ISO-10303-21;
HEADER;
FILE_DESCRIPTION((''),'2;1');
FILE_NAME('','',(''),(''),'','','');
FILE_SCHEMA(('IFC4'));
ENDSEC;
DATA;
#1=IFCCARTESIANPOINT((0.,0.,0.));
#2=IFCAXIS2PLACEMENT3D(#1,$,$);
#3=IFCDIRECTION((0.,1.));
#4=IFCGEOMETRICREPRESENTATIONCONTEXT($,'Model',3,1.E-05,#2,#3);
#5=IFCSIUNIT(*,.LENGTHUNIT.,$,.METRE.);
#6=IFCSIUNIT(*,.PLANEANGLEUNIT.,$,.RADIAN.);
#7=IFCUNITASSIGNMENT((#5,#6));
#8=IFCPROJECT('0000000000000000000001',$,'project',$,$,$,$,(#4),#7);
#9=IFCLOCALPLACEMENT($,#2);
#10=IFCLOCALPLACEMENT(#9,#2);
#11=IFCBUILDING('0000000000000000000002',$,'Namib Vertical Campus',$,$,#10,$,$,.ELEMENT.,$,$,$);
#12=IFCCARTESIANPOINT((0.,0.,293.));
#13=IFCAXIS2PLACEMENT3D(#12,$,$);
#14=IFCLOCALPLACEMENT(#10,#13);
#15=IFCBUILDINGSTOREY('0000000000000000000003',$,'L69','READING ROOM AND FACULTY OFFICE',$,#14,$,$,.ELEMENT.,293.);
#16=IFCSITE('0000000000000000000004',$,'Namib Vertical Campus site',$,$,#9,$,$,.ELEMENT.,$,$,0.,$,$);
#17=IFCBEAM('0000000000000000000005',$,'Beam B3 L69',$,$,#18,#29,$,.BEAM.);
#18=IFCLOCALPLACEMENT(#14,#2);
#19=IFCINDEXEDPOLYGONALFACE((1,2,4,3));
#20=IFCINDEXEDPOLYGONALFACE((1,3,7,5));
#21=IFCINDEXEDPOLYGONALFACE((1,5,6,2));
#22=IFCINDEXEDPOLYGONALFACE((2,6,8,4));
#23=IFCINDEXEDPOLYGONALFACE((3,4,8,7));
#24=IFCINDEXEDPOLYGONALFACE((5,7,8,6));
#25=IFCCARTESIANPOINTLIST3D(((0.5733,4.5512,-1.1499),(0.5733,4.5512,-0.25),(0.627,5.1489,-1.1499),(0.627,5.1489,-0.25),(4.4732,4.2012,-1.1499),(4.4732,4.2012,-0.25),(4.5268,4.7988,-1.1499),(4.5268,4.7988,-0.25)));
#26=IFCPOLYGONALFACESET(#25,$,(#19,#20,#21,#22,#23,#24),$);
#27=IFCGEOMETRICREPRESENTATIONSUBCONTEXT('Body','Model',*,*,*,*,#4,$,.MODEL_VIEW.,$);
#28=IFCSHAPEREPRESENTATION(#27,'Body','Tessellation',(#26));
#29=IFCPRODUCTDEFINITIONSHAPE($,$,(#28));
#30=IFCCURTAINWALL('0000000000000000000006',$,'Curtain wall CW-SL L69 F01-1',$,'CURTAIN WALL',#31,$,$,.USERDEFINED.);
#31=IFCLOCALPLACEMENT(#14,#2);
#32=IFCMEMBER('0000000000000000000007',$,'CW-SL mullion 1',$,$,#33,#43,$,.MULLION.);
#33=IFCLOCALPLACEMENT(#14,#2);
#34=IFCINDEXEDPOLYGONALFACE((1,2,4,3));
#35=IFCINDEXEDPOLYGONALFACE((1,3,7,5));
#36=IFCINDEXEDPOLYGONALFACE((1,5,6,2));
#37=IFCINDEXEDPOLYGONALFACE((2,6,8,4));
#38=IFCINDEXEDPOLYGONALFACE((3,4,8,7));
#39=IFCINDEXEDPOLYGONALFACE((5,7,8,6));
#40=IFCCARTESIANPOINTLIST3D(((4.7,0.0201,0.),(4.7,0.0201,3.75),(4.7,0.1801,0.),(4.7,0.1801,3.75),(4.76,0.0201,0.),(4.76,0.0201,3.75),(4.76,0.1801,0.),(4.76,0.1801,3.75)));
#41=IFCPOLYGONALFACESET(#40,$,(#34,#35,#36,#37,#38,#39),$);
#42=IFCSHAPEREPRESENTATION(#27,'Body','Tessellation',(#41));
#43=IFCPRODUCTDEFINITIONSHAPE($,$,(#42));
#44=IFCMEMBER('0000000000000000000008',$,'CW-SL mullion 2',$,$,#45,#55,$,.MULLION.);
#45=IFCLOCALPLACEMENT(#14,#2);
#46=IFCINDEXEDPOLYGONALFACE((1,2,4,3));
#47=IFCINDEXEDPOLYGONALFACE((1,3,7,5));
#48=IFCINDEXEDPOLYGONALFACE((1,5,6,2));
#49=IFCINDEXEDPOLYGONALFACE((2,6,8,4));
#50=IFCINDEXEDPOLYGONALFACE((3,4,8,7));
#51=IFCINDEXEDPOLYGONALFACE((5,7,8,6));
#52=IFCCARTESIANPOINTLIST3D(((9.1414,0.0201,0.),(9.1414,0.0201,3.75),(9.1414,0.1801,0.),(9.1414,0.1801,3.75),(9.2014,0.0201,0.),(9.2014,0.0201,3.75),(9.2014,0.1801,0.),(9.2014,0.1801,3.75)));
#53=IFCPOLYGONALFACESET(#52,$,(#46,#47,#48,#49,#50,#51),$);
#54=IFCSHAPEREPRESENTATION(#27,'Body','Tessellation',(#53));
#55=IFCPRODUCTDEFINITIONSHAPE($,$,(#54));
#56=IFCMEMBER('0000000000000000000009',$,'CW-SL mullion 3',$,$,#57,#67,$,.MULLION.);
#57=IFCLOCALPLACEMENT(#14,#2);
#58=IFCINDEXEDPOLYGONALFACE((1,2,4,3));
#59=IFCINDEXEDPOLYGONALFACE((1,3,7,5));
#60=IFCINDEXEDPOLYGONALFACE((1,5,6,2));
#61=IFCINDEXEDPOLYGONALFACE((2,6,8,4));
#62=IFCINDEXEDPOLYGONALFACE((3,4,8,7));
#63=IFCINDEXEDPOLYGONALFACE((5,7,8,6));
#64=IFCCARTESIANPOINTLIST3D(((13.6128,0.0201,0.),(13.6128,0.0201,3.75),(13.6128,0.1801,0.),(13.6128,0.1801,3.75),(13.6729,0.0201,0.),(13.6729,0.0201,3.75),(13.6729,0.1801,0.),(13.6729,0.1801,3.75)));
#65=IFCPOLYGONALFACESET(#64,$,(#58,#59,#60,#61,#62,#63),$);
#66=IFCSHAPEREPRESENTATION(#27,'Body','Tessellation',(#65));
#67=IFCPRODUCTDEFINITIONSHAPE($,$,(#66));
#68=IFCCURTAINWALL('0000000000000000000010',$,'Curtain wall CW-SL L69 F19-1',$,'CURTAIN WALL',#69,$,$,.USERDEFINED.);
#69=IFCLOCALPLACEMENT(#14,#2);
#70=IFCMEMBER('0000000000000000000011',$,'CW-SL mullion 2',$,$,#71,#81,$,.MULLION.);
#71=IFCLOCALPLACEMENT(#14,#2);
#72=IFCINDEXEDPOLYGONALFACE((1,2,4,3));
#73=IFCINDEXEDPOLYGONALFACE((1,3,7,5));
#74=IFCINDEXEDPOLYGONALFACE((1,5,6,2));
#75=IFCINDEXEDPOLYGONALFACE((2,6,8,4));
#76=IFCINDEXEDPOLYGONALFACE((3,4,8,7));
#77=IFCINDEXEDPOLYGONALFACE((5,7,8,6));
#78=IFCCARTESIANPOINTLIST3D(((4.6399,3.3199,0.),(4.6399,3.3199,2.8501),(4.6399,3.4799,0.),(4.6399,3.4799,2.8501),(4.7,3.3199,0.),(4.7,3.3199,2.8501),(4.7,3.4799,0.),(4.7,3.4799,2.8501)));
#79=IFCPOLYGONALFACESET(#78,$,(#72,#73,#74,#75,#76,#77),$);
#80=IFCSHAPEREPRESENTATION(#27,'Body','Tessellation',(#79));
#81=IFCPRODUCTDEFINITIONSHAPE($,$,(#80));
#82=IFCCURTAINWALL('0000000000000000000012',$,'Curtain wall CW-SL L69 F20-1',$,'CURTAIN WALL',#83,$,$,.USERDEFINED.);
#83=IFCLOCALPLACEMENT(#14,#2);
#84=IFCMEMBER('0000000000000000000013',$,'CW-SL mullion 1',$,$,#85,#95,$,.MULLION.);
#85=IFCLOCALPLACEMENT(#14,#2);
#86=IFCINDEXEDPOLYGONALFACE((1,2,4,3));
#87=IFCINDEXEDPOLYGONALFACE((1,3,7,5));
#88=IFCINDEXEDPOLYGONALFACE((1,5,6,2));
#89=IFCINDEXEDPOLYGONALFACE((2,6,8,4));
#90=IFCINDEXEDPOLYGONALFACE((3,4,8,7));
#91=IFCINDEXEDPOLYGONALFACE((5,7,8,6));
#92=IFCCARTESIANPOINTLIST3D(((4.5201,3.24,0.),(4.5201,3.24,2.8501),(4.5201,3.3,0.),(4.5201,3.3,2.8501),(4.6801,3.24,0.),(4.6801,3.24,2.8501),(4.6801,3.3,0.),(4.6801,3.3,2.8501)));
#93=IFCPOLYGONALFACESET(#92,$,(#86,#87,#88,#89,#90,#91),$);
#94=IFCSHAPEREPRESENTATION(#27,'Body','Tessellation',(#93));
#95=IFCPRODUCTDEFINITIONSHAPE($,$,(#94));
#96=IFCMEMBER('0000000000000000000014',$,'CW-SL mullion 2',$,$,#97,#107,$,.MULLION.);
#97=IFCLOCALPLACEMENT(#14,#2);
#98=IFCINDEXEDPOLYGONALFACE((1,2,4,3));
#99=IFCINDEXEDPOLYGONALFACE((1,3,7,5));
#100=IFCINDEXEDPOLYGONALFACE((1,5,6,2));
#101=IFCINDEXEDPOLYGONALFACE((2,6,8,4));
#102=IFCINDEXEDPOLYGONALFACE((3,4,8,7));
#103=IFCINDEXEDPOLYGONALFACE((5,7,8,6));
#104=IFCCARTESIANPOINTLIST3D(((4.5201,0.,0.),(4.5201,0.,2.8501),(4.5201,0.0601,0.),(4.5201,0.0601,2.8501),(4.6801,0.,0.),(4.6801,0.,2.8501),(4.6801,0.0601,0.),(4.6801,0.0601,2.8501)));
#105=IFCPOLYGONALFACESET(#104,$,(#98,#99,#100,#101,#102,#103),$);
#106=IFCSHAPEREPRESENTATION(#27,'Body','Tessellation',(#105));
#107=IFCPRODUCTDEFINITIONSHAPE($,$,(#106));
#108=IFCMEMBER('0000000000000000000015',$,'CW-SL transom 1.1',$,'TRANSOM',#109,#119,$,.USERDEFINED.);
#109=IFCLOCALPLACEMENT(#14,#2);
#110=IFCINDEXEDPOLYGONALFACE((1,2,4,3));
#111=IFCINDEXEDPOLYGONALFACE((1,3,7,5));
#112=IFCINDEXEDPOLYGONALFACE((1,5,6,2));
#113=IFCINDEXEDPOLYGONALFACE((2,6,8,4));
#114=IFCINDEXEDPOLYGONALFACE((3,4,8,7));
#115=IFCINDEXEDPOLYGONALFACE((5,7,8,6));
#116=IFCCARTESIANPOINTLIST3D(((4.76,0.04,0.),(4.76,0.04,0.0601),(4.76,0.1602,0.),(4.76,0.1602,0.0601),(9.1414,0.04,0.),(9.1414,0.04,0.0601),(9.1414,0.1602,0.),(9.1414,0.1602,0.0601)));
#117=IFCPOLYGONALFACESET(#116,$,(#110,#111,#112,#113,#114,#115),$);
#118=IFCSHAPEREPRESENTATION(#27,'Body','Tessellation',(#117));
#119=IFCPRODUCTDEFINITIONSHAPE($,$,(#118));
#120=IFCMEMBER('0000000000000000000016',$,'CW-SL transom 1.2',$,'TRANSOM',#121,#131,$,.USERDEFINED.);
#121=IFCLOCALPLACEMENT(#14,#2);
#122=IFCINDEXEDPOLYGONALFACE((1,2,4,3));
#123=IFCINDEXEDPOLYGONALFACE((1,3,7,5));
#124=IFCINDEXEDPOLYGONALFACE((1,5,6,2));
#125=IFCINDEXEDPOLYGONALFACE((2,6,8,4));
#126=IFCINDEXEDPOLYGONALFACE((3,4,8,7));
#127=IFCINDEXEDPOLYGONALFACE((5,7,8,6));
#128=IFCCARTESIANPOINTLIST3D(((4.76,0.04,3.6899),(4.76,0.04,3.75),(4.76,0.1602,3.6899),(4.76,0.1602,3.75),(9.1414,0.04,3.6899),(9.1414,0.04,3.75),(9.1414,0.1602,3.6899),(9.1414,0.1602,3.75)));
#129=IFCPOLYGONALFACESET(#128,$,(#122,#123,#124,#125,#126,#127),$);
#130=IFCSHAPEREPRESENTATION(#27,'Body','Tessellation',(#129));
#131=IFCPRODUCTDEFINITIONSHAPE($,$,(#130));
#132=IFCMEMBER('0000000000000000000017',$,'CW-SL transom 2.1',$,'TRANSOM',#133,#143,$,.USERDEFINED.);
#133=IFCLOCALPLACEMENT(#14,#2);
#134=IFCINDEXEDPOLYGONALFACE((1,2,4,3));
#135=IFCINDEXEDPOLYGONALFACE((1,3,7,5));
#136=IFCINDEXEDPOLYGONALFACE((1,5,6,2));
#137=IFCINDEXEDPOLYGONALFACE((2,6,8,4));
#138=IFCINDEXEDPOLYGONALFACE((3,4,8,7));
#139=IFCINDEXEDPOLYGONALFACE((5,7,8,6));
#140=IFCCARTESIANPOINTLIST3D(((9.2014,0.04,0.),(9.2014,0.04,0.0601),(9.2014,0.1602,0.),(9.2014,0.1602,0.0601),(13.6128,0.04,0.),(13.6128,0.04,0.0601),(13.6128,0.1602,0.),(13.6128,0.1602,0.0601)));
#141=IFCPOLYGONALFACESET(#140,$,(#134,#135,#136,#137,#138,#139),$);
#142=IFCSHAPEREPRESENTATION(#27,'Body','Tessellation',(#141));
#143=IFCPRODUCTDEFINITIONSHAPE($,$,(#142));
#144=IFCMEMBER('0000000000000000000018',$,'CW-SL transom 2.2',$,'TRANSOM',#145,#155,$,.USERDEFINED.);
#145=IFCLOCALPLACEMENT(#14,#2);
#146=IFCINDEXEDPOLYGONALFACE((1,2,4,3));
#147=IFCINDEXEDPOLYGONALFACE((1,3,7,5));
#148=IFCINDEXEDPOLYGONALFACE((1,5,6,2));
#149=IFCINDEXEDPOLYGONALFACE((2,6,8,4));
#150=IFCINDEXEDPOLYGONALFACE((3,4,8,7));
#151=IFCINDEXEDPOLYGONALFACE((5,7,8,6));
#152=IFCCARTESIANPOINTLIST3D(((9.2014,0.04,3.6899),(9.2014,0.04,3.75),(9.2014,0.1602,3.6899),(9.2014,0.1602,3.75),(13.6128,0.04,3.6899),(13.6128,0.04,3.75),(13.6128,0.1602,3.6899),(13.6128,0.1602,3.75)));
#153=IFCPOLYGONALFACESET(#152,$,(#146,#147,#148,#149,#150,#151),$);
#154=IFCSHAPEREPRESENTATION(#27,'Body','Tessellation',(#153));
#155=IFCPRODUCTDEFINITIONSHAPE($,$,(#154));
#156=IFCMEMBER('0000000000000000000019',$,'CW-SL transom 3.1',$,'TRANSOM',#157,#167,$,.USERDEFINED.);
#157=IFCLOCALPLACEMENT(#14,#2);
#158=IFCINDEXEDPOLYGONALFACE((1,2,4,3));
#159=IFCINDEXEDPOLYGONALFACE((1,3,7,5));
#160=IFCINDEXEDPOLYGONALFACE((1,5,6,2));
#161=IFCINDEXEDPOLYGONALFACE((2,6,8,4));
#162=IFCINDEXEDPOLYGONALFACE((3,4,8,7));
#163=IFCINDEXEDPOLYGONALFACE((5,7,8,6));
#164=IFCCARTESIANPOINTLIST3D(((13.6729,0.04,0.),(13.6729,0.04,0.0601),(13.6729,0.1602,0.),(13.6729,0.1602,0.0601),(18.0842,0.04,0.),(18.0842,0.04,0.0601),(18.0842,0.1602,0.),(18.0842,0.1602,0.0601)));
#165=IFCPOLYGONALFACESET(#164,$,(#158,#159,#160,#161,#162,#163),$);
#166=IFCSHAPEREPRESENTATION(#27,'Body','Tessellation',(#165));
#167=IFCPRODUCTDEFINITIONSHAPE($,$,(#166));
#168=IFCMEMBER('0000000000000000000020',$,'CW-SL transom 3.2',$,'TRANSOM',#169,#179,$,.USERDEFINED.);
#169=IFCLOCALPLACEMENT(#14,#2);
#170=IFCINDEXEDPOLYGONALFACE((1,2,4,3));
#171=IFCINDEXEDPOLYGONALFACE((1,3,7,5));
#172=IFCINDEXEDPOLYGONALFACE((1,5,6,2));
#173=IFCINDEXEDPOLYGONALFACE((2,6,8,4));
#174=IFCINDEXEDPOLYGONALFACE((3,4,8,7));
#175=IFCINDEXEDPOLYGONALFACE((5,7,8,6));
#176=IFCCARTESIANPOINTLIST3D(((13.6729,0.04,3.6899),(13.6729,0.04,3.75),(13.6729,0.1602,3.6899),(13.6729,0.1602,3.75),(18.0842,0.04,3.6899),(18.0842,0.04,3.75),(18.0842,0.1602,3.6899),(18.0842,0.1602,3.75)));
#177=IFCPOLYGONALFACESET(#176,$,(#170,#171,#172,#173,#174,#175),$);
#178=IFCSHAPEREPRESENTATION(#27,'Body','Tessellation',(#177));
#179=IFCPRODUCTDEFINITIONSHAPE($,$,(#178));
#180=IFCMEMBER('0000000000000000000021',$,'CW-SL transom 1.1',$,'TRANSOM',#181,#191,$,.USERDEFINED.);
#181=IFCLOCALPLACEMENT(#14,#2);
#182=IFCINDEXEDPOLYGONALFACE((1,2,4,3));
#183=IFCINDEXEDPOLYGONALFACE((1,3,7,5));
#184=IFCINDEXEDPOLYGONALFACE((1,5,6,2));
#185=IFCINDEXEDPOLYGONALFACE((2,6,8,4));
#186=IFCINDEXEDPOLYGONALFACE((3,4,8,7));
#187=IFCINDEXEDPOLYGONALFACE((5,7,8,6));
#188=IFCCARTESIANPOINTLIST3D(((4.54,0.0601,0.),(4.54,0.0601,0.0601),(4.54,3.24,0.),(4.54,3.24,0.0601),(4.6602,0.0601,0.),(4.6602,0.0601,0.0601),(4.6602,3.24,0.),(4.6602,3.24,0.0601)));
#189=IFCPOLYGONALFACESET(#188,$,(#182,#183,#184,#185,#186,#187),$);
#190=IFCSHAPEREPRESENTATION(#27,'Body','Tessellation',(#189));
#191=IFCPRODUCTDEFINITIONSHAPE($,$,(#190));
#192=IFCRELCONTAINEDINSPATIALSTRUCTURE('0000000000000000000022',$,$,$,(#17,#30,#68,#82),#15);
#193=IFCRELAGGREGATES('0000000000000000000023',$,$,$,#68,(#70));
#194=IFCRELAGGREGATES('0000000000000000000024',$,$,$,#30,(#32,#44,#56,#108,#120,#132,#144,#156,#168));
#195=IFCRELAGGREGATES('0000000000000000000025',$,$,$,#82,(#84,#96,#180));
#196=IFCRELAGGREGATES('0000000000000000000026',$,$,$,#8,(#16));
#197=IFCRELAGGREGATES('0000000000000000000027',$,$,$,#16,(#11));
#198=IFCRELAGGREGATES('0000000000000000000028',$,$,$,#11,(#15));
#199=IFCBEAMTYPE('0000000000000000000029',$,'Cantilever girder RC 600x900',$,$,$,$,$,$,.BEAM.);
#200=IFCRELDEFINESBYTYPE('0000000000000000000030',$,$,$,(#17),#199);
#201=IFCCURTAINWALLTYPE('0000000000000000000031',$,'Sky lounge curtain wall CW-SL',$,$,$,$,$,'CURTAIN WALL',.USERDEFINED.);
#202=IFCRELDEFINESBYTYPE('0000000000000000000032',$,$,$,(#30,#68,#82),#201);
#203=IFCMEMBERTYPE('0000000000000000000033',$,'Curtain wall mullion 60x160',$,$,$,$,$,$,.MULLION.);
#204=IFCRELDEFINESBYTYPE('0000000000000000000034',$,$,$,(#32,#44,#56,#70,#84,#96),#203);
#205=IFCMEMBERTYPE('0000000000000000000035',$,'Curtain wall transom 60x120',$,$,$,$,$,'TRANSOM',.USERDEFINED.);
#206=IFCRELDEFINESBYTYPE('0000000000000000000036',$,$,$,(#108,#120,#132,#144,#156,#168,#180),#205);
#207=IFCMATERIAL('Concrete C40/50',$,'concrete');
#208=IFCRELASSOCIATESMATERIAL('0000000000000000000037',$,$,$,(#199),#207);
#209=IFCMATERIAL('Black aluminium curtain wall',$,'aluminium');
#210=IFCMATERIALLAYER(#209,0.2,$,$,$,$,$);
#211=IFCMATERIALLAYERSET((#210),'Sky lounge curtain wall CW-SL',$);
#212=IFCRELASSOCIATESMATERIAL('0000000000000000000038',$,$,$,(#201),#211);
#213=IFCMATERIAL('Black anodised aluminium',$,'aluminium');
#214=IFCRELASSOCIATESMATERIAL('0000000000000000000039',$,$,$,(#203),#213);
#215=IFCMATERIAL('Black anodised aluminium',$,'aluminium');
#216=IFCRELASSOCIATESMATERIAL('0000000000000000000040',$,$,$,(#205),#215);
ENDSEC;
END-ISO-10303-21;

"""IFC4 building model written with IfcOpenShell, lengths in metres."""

from ifc_helpers import new_model, si_unit, direction, frame, origin, origin_2d, place, context, subcontext, project, spatial, rectangle, extrude, material, layer, layer_set, material_profile, profile_set, type_object, element, aggregate, save


model = new_model("IFC4")

# Units and contexts
model_context = context("Model", 3, precision=1e-05, world=origin(), true_north=direction((0.0, 1.0)))
body_context = subcontext(model_context, "Body", "Model", "MODEL_VIEW")
ifc_project = project(units=[si_unit("LENGTHUNIT", "METRE"), si_unit("PLANEANGLEUNIT", "RADIAN")], contexts=[model_context])

# Site, building, storey
site_placement = place(None, origin())
site = spatial("IfcSite", under=ifc_project, at=site_placement, Name="Namib Vertical Campus site", CompositionType="ELEMENT", RefElevation=0.0)
building_placement = place(site_placement, origin())
building = spatial("IfcBuilding", under=site, at=building_placement, Name="Namib Vertical Campus", CompositionType="ELEMENT")
storey_placement = place(building_placement, frame((0.0, 0.0, 293.0)))
storey = spatial("IfcBuildingStorey", under=building, at=storey_placement, Name="L69", Description="READING ROOM AND FACULTY OFFICE", CompositionType="ELEMENT", Elevation=293.0)

# Beam
ifc_material_1 = material(Name="Concrete C40/50", Category="concrete")
ifc_material_profile_1 = material_profile(ifc_material_1, rectangle(XDim=0.6001, YDim=0.8999, at=origin_2d()))
ifc_profile_set_1 = profile_set([ifc_material_profile_1], Name="Concrete C40/50")
beam_type_1 = type_object("IfcBeamType", Name="Cantilever girder RC 600x900", PredefinedType="BEAM", material=ifc_profile_set_1)
beam_1_placement = place(storey_placement, frame((4.5, 4.5, -0.7), z_axis=(-0.995995, 0.089411, 0.0), x_axis=(-0.089411, -0.995995, 0.0)))
element("IfcBeam", 1, at=beam_1_placement, inside=storey, type_object=beam_type_1, Name="Beam B3 L69", PredefinedType="BEAM", context=body_context, shape_type="SweptSolid", body=[
    extrude(rectangle(XDim=0.6001, YDim=0.8999, at=origin_2d()), origin(), (0.0, 0.0, 1.0), 3.9155),
])

# Curtain wall, members
ifc_material_2 = material(Name="Black aluminium curtain wall", Category="aluminium")
ifc_layer_1 = layer(ifc_material_2, 0.2)
ifc_layer_set_1 = layer_set([ifc_layer_1], Name="Sky lounge curtain wall CW-SL")
curtain_wall_type = type_object("IfcCurtainWallType", Name="Sky lounge curtain wall CW-SL", ElementType="CURTAIN WALL", PredefinedType="USERDEFINED", material=ifc_layer_set_1)
curtain_wall_1_placement = place(storey_placement, origin())
curtain_wall_1 = element("IfcCurtainWall", 2, at=curtain_wall_1_placement, inside=storey, type_object=curtain_wall_type, Name="Curtain wall CW-SL L69 F01-1", ObjectType="CURTAIN WALL", PredefinedType="USERDEFINED")
ifc_material_3 = material(Name="Black anodised aluminium", Category="aluminium")
ifc_material_profile_2 = material_profile(ifc_material_3, rectangle(XDim=0.0601, YDim=0.1599, at=origin_2d()))
ifc_profile_set_2 = profile_set([ifc_material_profile_2], Name="Black anodised aluminium")
member_type_1 = type_object("IfcMemberType", Name="Curtain wall mullion 60x160", PredefinedType="MULLION", material=ifc_profile_set_2)
member_1_placement = place(storey_placement, frame((4.73, 0.1001, 0.0), z_axis=(0.0, 0.0, 1.0), x_axis=(1.0, 0.0, 0.0)))
member_1 = element("IfcMember", 3, at=member_1_placement, type_object=member_type_1, Name="CW-SL mullion 1", PredefinedType="MULLION", context=body_context, shape_type="SweptSolid", body=[
    extrude(rectangle(XDim=0.0601, YDim=0.1599, at=origin_2d()), origin(), (0.0, 0.0, 1.0), 3.75),
])
member_2_placement = place(storey_placement, frame((9.1714, 0.1001, 0.0), z_axis=(0.0, 0.0, 1.0), x_axis=(1.0, 0.0, 0.0)))
member_2 = element("IfcMember", 4, at=member_2_placement, type_object=member_type_1, Name="CW-SL mullion 2", PredefinedType="MULLION", context=body_context, shape_type="SweptSolid", body=[
    extrude(rectangle(XDim=0.0601, YDim=0.1599, at=origin_2d()), origin(), (0.0, 0.0, 1.0), 3.75),
])
member_3_placement = place(storey_placement, frame((13.6428, 0.1001, 0.0), z_axis=(0.0, 0.0, 1.0), x_axis=(1.0, 0.0, 0.0)))
member_3 = element("IfcMember", 5, at=member_3_placement, type_object=member_type_1, Name="CW-SL mullion 3", PredefinedType="MULLION", context=body_context, shape_type="SweptSolid", body=[
    extrude(rectangle(XDim=0.0601, YDim=0.1599, at=origin_2d()), origin(), (0.0, 0.0, 1.0), 3.75),
])

# Curtain wall, member
curtain_wall_2_placement = place(storey_placement, origin())
curtain_wall_2 = element("IfcCurtainWall", 6, at=curtain_wall_2_placement, inside=storey, type_object=curtain_wall_type, Name="Curtain wall CW-SL L69 F19-1", ObjectType="CURTAIN WALL", PredefinedType="USERDEFINED")
member_4_placement = place(storey_placement, frame((4.6699, 3.3999, 0.0), z_axis=(0.0, 0.0, 1.0), x_axis=(1.0, 0.0, 0.0)))
member_4 = element("IfcMember", 7, at=member_4_placement, type_object=member_type_1, Name="CW-SL mullion 2", PredefinedType="MULLION", context=body_context, shape_type="SweptSolid", body=[
    extrude(rectangle(XDim=0.0601, YDim=0.1599, at=origin_2d()), origin(), (0.0, 0.0, 1.0), 2.8501),
])
aggregate(curtain_wall_2, [member_4])

# Curtain wall, members
curtain_wall_3_placement = place(storey_placement, origin())
curtain_wall_3 = element("IfcCurtainWall", 8, at=curtain_wall_3_placement, inside=storey, type_object=curtain_wall_type, Name="Curtain wall CW-SL L69 F20-1", ObjectType="CURTAIN WALL", PredefinedType="USERDEFINED")
member_5_placement = place(storey_placement, frame((4.6001, 3.27, 0.0), z_axis=(0.0, 0.0, 1.0), x_axis=(0.0, -1.0, 0.0)))
member_5 = element("IfcMember", 9, at=member_5_placement, type_object=member_type_1, Name="CW-SL mullion 1", PredefinedType="MULLION", context=body_context, shape_type="SweptSolid", body=[
    extrude(rectangle(XDim=0.0601, YDim=0.1599, at=origin_2d()), origin(), (0.0, 0.0, 1.0), 2.8501),
])
member_6_placement = place(storey_placement, frame((4.6001, 0.03, 0.0), z_axis=(0.0, 0.0, 1.0), x_axis=(0.0, -1.0, 0.0)))
member_6 = element("IfcMember", 10, at=member_6_placement, type_object=member_type_1, Name="CW-SL mullion 2", PredefinedType="MULLION", context=body_context, shape_type="SweptSolid", body=[
    extrude(rectangle(XDim=0.0601, YDim=0.1599, at=origin_2d()), origin(), (0.0, 0.0, 1.0), 2.8501),
])

# Members
ifc_material_4 = material(Name="Black anodised aluminium", Category="aluminium")
ifc_material_profile_3 = material_profile(ifc_material_4, rectangle(XDim=0.0601, YDim=0.1201, at=origin_2d()))
ifc_profile_set_3 = profile_set([ifc_material_profile_3], Name="Black anodised aluminium")
member_type_2 = type_object("IfcMemberType", Name="Curtain wall transom 60x120", ElementType="TRANSOM", PredefinedType="USERDEFINED", material=ifc_profile_set_3)
member_7_placement = place(storey_placement, frame((4.76, 0.1001, 0.03), z_axis=(1.0, 0.0, 0.0), x_axis=(0.0, 0.0, 1.0)))
member_7 = element("IfcMember", 11, at=member_7_placement, type_object=member_type_2, Name="CW-SL transom 1.1", ObjectType="TRANSOM", PredefinedType="USERDEFINED", context=body_context, shape_type="SweptSolid", body=[
    extrude(rectangle(XDim=0.0601, YDim=0.1201, at=origin_2d()), origin(), (0.0, 0.0, 1.0), 4.3813),
])
member_8_placement = place(storey_placement, frame((4.76, 0.1001, 3.72), z_axis=(1.0, 0.0, 0.0), x_axis=(0.0, 0.0, 1.0)))
member_8 = element("IfcMember", 12, at=member_8_placement, type_object=member_type_2, Name="CW-SL transom 1.2", ObjectType="TRANSOM", PredefinedType="USERDEFINED", context=body_context, shape_type="SweptSolid", body=[
    extrude(rectangle(XDim=0.0601, YDim=0.1201, at=origin_2d()), origin(), (0.0, 0.0, 1.0), 4.3813),
])
member_9_placement = place(storey_placement, frame((9.2014, 0.1001, 0.03), z_axis=(1.0, 0.0, 0.0), x_axis=(0.0, 0.0, 1.0)))
member_9 = element("IfcMember", 13, at=member_9_placement, type_object=member_type_2, Name="CW-SL transom 2.1", ObjectType="TRANSOM", PredefinedType="USERDEFINED", context=body_context, shape_type="SweptSolid", body=[
    extrude(rectangle(XDim=0.0601, YDim=0.1201, at=origin_2d()), origin(), (0.0, 0.0, 1.0), 4.4114),
])
member_10_placement = place(storey_placement, frame((9.2014, 0.1001, 3.72), z_axis=(1.0, 0.0, 0.0), x_axis=(0.0, 0.0, 1.0)))
member_10 = element("IfcMember", 14, at=member_10_placement, type_object=member_type_2, Name="CW-SL transom 2.2", ObjectType="TRANSOM", PredefinedType="USERDEFINED", context=body_context, shape_type="SweptSolid", body=[
    extrude(rectangle(XDim=0.0601, YDim=0.1201, at=origin_2d()), origin(), (0.0, 0.0, 1.0), 4.4114),
])
member_11_placement = place(storey_placement, frame((13.6729, 0.1001, 0.03), z_axis=(1.0, 0.0, 0.0), x_axis=(0.0, 0.0, 1.0)))
member_11 = element("IfcMember", 15, at=member_11_placement, type_object=member_type_2, Name="CW-SL transom 3.1", ObjectType="TRANSOM", PredefinedType="USERDEFINED", context=body_context, shape_type="SweptSolid", body=[
    extrude(rectangle(XDim=0.0601, YDim=0.1201, at=origin_2d()), origin(), (0.0, 0.0, 1.0), 4.4114),
])
member_12_placement = place(storey_placement, frame((13.6729, 0.1001, 3.72), z_axis=(1.0, 0.0, 0.0), x_axis=(0.0, 0.0, 1.0)))
member_12 = element("IfcMember", 16, at=member_12_placement, type_object=member_type_2, Name="CW-SL transom 3.2", ObjectType="TRANSOM", PredefinedType="USERDEFINED", context=body_context, shape_type="SweptSolid", body=[
    extrude(rectangle(XDim=0.0601, YDim=0.1201, at=origin_2d()), origin(), (0.0, 0.0, 1.0), 4.4114),
])
member_13_placement = place(storey_placement, frame((4.6001, 3.24, 0.03), z_axis=(0.0, -1.0, 0.0), x_axis=(0.0, 0.0, 1.0)))
member_13 = element("IfcMember", 17, at=member_13_placement, type_object=member_type_2, Name="CW-SL transom 1.1", ObjectType="TRANSOM", PredefinedType="USERDEFINED", context=body_context, shape_type="SweptSolid", body=[
    extrude(rectangle(XDim=0.0601, YDim=0.1201, at=origin_2d()), origin(), (0.0, 0.0, 1.0), 3.1799),
])

aggregate(curtain_wall_1, [member_1, member_2, member_3, member_7, member_8, member_9, member_10, member_11, member_12])
aggregate(curtain_wall_3, [member_5, member_6, member_13])

save(model, "model.ifc")
